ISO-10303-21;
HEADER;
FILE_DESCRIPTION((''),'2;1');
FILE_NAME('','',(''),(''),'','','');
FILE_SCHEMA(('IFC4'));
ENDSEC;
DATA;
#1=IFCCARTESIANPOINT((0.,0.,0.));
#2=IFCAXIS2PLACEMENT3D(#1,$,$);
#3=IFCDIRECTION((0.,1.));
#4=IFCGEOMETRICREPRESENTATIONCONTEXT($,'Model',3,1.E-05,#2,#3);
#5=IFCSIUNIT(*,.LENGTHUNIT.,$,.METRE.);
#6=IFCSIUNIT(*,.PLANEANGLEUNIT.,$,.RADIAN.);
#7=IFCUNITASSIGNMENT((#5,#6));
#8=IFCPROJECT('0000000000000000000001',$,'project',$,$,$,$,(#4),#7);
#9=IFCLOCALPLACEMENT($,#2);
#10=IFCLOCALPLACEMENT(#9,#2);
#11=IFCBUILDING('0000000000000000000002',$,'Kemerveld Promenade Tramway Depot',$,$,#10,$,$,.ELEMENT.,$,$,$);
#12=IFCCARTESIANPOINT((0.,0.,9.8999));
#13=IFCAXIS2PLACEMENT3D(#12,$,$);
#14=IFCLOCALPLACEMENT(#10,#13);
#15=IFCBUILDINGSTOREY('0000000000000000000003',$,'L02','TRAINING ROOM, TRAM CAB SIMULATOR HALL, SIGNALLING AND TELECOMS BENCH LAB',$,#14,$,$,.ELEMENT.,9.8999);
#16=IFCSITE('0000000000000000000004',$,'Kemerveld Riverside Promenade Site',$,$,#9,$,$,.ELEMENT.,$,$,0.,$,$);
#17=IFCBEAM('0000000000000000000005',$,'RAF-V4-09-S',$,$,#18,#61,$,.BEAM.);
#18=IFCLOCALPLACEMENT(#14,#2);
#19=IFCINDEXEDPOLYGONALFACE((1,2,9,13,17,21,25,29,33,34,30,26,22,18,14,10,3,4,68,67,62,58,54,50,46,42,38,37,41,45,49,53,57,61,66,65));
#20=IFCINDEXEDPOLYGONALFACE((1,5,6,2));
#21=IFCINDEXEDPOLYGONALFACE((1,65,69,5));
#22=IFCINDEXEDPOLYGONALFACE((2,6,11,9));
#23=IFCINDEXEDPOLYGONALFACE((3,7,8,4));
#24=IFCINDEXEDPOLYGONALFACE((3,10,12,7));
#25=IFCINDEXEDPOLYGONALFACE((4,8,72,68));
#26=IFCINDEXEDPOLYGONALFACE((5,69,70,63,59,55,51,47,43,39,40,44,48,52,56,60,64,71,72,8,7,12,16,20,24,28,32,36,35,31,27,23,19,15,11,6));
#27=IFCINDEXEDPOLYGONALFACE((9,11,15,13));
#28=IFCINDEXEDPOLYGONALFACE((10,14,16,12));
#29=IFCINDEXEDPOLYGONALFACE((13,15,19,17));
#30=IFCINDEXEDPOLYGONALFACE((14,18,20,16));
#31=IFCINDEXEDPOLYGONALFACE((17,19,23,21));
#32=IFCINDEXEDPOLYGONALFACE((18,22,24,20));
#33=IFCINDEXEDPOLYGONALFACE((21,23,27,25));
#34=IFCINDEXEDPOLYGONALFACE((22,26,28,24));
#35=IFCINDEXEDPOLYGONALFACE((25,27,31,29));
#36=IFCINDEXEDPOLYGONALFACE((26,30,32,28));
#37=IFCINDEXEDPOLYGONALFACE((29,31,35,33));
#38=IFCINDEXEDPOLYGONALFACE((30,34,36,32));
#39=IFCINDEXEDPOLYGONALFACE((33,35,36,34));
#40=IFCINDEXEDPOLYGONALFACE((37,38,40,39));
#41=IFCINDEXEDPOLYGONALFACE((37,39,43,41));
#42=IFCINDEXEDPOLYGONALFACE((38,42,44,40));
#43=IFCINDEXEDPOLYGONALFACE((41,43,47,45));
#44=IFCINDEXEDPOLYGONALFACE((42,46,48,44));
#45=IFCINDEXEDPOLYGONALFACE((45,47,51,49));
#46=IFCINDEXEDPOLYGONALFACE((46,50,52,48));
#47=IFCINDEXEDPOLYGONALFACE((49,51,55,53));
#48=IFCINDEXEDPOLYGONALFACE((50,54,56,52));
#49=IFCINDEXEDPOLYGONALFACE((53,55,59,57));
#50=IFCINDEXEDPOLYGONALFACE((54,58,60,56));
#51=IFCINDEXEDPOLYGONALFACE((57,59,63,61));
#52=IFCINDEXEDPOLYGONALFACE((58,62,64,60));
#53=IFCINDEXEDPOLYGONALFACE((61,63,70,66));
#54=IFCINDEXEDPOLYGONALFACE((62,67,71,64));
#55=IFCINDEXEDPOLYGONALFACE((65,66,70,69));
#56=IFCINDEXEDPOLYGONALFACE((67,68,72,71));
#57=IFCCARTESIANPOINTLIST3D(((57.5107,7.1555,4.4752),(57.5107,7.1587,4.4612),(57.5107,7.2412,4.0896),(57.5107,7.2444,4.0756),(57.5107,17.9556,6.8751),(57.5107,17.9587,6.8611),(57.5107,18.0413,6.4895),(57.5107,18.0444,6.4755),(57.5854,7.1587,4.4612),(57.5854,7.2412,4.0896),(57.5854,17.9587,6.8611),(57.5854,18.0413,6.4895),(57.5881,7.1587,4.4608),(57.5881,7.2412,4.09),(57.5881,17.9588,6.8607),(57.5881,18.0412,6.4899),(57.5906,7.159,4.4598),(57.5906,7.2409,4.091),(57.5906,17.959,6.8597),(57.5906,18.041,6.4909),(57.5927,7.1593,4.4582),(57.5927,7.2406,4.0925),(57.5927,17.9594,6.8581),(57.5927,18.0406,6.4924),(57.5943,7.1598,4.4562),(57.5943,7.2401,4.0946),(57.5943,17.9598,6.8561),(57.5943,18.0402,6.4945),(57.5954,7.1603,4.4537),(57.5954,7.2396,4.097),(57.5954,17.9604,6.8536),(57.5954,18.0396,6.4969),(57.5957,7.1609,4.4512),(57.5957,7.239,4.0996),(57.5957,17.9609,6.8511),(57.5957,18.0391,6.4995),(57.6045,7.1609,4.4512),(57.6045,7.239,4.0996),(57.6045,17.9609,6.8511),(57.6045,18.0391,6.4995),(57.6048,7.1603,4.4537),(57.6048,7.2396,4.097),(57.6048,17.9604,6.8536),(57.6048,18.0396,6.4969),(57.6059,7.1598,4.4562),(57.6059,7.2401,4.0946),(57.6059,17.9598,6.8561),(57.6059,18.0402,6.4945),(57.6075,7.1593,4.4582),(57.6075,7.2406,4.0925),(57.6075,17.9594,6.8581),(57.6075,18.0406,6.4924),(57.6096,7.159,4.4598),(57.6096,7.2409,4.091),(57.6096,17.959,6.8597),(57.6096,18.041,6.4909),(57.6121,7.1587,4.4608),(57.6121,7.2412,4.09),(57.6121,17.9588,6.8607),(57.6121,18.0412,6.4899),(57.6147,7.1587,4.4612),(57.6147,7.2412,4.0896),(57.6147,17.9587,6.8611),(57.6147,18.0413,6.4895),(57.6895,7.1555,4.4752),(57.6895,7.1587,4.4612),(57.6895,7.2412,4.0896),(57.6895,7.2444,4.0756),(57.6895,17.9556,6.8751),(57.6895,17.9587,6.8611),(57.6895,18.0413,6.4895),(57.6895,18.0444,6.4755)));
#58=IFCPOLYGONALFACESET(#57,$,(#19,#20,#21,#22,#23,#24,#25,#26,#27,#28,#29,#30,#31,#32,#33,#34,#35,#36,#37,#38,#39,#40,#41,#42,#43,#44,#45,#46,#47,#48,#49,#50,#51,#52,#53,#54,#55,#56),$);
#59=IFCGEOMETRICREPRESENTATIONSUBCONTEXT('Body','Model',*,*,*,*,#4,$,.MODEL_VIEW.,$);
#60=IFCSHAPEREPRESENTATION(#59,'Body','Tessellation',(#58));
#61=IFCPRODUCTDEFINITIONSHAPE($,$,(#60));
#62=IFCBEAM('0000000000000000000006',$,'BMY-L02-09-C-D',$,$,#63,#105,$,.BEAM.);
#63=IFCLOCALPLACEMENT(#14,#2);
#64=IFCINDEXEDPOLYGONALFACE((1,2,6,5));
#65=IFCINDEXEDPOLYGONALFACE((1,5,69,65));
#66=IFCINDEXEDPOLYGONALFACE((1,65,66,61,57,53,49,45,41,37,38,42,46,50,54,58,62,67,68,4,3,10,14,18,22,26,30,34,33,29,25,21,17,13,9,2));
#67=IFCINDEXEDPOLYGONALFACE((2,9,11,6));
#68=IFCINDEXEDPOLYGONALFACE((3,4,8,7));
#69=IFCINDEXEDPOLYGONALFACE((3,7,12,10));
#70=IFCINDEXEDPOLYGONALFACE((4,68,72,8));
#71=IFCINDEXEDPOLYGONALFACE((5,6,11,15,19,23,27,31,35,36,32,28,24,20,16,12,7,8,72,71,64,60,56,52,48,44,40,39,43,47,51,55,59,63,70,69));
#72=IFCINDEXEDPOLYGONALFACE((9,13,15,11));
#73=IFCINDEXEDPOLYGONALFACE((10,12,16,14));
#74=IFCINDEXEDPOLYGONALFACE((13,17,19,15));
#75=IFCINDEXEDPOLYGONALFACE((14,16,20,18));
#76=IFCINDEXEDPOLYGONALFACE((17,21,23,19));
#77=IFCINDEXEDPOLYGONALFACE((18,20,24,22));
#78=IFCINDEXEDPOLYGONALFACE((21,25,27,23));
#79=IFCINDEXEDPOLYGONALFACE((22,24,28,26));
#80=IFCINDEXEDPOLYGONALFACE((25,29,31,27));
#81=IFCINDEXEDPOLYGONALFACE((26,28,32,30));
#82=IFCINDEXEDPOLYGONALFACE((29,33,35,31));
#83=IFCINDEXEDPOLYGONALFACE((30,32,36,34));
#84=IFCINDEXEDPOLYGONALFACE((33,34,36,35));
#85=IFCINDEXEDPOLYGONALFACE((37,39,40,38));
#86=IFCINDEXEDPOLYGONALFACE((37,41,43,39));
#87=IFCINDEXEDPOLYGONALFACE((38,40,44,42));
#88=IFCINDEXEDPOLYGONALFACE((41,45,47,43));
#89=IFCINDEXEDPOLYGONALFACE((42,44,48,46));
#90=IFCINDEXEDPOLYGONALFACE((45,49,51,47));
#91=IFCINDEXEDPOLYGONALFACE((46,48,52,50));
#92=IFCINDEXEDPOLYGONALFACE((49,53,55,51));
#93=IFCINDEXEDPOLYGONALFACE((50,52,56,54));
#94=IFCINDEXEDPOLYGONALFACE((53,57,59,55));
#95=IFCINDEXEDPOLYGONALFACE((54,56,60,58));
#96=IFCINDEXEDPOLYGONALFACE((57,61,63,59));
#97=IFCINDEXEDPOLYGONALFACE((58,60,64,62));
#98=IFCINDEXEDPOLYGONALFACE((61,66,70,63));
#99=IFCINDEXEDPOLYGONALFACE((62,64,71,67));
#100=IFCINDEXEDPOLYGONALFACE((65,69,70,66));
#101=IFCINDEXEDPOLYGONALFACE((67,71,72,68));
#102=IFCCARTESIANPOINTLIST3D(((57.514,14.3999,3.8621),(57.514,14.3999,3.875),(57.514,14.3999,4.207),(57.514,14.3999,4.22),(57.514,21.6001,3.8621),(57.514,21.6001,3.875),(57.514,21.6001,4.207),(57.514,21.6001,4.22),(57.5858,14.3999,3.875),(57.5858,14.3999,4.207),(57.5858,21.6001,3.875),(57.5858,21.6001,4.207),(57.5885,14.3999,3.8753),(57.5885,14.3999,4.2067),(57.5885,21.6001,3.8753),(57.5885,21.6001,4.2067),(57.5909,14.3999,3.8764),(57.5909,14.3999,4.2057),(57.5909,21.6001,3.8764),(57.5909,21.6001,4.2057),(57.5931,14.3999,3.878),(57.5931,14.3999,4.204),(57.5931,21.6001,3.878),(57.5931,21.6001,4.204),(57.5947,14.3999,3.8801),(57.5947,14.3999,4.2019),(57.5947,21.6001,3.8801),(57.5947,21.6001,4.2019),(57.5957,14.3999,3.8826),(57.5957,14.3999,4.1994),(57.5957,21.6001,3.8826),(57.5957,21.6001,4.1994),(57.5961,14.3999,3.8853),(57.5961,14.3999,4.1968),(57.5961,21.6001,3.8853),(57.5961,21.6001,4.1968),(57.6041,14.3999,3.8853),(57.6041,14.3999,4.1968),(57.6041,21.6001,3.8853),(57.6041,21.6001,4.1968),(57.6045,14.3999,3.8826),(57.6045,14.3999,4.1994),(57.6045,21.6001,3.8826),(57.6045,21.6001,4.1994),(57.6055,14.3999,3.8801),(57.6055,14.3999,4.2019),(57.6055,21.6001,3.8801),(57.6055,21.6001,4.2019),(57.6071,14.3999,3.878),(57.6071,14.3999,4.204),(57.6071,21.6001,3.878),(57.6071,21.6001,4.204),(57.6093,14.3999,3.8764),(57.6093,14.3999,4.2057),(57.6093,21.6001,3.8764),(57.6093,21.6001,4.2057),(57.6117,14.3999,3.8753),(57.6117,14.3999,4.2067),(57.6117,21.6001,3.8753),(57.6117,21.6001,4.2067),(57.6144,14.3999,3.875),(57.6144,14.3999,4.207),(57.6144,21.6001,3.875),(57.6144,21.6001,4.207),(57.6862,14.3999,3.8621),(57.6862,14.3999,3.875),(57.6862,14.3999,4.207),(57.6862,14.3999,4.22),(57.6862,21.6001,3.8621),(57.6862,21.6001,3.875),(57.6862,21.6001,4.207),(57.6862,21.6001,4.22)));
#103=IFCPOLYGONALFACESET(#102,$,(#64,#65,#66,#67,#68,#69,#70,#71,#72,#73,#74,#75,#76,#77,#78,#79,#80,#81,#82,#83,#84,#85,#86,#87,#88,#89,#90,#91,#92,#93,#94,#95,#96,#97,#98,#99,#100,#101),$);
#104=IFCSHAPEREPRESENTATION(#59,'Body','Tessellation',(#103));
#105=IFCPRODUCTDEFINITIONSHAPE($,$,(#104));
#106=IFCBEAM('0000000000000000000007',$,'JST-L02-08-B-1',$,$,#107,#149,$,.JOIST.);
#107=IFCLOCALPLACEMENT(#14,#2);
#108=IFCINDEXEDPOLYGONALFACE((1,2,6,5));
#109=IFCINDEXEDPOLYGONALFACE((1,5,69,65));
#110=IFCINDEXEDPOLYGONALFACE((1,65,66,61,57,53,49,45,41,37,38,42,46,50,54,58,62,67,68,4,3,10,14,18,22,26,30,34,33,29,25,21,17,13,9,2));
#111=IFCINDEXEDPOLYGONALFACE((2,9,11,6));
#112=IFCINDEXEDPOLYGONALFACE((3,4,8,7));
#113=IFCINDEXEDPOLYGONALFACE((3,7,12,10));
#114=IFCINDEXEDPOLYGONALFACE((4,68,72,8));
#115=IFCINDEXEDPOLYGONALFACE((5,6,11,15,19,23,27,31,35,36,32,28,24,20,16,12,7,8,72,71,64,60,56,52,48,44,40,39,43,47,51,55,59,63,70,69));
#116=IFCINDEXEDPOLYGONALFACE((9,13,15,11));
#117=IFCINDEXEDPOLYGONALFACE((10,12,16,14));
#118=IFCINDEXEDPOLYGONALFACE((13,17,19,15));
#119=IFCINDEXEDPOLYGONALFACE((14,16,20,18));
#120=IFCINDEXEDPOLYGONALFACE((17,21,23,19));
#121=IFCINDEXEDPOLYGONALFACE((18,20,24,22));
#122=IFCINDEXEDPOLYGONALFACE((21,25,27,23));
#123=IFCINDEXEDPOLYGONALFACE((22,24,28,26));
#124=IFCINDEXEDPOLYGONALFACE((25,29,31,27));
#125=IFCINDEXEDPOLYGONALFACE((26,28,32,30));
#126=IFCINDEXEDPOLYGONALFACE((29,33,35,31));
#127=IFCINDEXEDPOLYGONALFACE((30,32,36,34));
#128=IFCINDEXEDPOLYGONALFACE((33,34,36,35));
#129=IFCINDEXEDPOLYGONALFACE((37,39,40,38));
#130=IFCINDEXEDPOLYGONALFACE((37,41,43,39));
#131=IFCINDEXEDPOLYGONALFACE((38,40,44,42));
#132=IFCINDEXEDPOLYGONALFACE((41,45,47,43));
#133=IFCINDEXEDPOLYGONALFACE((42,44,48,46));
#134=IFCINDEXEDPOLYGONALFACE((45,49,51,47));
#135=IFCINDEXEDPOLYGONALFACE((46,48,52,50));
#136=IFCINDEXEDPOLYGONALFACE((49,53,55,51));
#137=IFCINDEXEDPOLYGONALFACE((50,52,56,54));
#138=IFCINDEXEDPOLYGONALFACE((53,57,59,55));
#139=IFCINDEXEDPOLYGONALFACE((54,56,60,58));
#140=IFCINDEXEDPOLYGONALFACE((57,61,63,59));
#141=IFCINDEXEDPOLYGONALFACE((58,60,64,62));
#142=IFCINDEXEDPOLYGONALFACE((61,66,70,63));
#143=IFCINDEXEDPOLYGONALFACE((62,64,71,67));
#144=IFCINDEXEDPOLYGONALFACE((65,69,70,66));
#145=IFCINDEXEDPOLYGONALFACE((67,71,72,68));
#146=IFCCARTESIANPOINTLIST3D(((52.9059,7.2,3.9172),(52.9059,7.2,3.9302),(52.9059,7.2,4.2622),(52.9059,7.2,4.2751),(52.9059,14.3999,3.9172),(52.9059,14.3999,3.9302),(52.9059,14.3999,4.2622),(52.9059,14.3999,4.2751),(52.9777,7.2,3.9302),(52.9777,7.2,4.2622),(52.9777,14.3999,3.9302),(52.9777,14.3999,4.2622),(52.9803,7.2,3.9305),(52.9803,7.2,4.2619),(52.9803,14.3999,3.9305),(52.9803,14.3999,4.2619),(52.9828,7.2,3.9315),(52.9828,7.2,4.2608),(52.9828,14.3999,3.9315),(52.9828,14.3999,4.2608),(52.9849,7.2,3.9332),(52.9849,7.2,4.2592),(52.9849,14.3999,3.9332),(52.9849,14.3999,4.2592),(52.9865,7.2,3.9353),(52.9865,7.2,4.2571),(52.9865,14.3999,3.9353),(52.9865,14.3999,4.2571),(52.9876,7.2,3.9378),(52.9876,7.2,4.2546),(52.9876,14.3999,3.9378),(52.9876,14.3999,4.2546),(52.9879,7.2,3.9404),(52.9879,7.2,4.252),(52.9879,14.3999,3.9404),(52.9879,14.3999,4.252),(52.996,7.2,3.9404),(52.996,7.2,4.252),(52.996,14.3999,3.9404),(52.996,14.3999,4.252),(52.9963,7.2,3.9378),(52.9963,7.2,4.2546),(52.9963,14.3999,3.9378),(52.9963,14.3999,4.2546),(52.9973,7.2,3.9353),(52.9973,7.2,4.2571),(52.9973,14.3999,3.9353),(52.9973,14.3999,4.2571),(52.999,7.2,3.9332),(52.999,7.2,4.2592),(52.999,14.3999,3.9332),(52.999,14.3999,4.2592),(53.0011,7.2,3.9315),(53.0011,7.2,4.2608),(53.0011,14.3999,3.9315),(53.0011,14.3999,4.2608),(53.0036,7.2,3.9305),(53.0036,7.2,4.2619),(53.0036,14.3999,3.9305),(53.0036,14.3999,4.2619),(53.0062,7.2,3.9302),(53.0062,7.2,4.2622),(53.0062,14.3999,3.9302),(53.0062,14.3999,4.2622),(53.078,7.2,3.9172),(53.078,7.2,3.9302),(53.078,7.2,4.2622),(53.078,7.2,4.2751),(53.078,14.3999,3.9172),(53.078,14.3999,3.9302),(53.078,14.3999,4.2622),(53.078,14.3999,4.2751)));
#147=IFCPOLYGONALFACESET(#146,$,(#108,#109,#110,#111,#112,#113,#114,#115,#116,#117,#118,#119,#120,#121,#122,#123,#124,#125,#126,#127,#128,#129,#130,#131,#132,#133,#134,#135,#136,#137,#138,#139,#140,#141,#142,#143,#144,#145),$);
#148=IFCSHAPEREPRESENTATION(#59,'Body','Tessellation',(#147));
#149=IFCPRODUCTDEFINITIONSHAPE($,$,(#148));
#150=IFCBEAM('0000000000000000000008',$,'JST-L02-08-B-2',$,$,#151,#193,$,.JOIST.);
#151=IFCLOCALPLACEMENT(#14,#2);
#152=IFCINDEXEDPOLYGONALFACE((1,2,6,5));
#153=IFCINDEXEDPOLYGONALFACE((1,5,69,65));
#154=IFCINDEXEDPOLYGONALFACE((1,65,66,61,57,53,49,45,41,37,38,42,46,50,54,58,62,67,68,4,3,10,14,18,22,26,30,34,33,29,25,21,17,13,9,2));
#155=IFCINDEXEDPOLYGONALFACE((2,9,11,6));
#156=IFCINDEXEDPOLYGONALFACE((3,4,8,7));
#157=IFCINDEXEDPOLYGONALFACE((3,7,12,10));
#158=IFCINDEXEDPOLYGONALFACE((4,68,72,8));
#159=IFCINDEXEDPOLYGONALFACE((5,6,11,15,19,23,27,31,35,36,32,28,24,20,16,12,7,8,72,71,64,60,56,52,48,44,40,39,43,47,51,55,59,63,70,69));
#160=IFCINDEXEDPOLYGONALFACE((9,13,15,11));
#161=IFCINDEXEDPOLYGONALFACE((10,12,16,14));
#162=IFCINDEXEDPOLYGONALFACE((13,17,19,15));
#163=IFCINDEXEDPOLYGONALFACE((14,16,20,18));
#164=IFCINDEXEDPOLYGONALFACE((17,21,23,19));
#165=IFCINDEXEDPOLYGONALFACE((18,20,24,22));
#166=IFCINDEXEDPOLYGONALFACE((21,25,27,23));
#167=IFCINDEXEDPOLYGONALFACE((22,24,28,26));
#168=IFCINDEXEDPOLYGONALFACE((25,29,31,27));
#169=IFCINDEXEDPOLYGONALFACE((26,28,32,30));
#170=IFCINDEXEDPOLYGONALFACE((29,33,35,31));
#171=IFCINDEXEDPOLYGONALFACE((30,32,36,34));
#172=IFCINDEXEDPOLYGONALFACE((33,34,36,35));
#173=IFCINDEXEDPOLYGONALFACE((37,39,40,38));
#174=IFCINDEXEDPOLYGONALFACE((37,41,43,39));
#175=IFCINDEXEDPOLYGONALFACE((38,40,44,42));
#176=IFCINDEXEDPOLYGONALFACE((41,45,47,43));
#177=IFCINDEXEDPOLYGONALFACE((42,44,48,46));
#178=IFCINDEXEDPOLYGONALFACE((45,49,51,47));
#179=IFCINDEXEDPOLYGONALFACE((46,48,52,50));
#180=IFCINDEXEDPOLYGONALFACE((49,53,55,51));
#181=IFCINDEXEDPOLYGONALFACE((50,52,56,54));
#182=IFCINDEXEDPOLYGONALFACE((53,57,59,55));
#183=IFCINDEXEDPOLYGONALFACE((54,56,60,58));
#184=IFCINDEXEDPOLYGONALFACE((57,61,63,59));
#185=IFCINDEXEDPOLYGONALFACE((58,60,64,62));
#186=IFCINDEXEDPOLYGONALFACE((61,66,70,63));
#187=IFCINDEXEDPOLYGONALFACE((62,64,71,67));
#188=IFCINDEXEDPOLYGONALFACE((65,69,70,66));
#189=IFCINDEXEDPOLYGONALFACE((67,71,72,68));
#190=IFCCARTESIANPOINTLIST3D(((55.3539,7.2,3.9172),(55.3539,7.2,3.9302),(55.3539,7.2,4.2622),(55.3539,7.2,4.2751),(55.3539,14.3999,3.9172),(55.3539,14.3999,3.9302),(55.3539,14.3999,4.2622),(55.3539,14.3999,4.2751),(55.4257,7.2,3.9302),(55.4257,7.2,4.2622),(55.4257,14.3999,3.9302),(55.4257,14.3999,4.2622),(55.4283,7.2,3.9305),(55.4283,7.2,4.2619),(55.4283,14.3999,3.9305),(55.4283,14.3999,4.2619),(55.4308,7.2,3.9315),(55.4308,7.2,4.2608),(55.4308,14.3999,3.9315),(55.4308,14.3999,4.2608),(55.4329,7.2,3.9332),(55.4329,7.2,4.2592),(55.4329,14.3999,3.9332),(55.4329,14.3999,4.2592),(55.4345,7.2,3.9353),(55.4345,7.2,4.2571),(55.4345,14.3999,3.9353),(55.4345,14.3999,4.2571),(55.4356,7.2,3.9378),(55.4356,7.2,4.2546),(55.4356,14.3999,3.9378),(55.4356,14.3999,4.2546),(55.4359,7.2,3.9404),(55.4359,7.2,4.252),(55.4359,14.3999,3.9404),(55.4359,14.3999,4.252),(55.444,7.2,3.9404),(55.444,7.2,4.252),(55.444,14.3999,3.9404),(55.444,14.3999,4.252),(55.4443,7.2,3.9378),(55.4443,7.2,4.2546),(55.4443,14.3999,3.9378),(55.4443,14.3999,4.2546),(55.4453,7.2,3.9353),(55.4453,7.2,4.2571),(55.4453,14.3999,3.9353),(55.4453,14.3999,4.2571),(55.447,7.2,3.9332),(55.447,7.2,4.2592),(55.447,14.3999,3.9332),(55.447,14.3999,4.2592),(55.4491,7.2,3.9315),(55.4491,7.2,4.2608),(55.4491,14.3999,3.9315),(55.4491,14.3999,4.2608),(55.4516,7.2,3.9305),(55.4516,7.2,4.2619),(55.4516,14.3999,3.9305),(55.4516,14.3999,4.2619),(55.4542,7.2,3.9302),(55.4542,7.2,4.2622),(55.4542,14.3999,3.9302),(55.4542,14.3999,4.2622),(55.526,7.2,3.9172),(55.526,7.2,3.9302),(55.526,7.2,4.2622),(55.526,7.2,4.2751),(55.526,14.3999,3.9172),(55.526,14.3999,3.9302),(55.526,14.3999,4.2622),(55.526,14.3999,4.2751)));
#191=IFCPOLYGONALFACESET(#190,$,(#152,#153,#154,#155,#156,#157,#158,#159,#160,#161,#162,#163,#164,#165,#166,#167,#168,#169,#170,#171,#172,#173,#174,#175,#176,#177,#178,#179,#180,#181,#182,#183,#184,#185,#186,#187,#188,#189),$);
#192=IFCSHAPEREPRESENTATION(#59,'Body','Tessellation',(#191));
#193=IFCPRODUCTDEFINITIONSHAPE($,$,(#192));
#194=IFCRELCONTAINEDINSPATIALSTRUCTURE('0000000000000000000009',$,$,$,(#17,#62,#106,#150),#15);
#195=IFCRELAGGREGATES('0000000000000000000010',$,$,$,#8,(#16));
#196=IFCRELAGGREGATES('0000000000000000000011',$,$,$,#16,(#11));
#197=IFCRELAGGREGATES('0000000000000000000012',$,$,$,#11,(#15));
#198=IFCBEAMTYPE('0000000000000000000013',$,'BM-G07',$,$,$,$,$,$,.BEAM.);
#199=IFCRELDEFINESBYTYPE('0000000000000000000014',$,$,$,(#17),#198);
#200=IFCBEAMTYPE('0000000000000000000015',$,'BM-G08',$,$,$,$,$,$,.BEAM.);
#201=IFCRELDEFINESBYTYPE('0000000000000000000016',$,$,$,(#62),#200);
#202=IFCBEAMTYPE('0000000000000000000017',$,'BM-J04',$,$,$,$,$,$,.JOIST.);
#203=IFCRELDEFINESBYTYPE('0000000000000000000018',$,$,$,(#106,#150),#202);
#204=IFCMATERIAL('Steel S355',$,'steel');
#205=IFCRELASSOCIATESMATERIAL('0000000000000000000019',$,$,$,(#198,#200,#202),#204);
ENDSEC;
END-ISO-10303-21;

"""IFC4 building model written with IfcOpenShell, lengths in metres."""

from ifc_helpers import new_model, si_unit, direction, frame, origin, origin_2d, place, context, subcontext, project, spatial, i_section, extrude, material, material_profile, profile_set, type_object, element, save


model = new_model("IFC4")

# Units and contexts
model_context = context("Model", 3, precision=1e-05, world=origin(), true_north=direction((0.0, 1.0)))
body_context = subcontext(model_context, "Body", "Model", "MODEL_VIEW")
ifc_project = project(units=[si_unit("LENGTHUNIT", "METRE"), si_unit("PLANEANGLEUNIT", "RADIAN")], contexts=[model_context])

# Site, building, storey
site_placement = place(None, origin())
site = spatial("IfcSite", under=ifc_project, at=site_placement, Name="Kemerveld Riverside Promenade Site", CompositionType="ELEMENT", RefElevation=0.0)
building_placement = place(site_placement, origin())
building = spatial("IfcBuilding", under=site, at=building_placement, Name="Kemerveld Promenade Tramway Depot", CompositionType="ELEMENT")
storey_placement = place(building_placement, frame((0.0, 0.0, 9.8999)))
storey = spatial("IfcBuildingStorey", under=building, at=storey_placement, Name="L02", Description="TRAINING ROOM, TRAM CAB SIMULATOR HALL, SIGNALLING AND TELECOMS BENCH LAB", CompositionType="ELEMENT", Elevation=9.8999)

# Shared definitions
ifc_material_1 = material(Name="Steel S355", Category="steel")

# Beams
ifc_material_profile_1 = material_profile(ifc_material_1, i_section(OverallWidth=0.1787, OverallDepth=0.4094, WebThickness=0.0088, FlangeThickness=0.0144, FilletRadius=0.0103, at=origin_2d()), Name="406x178x67 UB")
ifc_profile_set_1 = profile_set([ifc_material_profile_1], Name="Steel S355")
beam_type_1 = type_object("IfcBeamType", Name="BM-G07", PredefinedType="BEAM", material=ifc_profile_set_1)
beam_1_placement = place(storey_placement, frame((57.6001, 7.2, 4.2754), z_axis=(0.0, 0.976189, 0.216921), x_axis=(-1.0, 0.0, 0.0)))
element("IfcBeam", 1, at=beam_1_placement, inside=storey, type_object=beam_type_1, Name="RAF-V4-09-S", PredefinedType="BEAM", context=body_context, shape_type="SweptSolid", body=[
    extrude(i_section(OverallWidth=0.1787, OverallDepth=0.4094, WebThickness=0.0088, FlangeThickness=0.0144, FilletRadius=0.0103, at=origin_2d()), origin(), (0.0, 0.0, 1.0), 11.0635),
])
ifc_material_profile_2 = material_profile(ifc_material_1, i_section(OverallWidth=0.1721, OverallDepth=0.3579, WebThickness=0.0081, FlangeThickness=0.0129, FilletRadius=0.0103, at=origin_2d()), Name="356x171x57 UB")
ifc_profile_set_2 = profile_set([ifc_material_profile_2], Name="Steel S355")
beam_type_2 = type_object("IfcBeamType", Name="BM-G08", PredefinedType="BEAM", material=ifc_profile_set_2)
beam_2_placement = place(storey_placement, frame((57.6001, 14.3999, 4.041), z_axis=(0.0, 1.0, 0.0), x_axis=(-1.0, 0.0, 0.0)))
element("IfcBeam", 2, at=beam_2_placement, inside=storey, type_object=beam_type_2, Name="BMY-L02-09-C-D", PredefinedType="BEAM", context=body_context, shape_type="SweptSolid", body=[
    extrude(i_section(OverallWidth=0.1721, OverallDepth=0.3579, WebThickness=0.0081, FlangeThickness=0.0129, FilletRadius=0.0103, at=origin_2d()), origin(), (0.0, 0.0, 1.0), 7.2002),
])
ifc_material_profile_3 = material_profile(ifc_material_1, i_section(OverallWidth=0.1721, OverallDepth=0.3579, WebThickness=0.0081, FlangeThickness=0.0129, FilletRadius=0.0103, at=origin_2d()), Name="356x171x57 UB")
ifc_profile_set_3 = profile_set([ifc_material_profile_3], Name="Steel S355")
beam_type_3 = type_object("IfcBeamType", Name="BM-J04", PredefinedType="JOIST", material=ifc_profile_set_3)
for number, where, z_axis, x_axis, name in (
    (3, (52.9919, 7.2, 4.0962), (0.0, 1.0, 0.0), (-1.0, 0.0, 0.0), "JST-L02-08-B-1"),
    (4, (55.4399, 7.2, 4.0962), (0.0, 1.0, 0.0), (-1.0, 0.0, 0.0), "JST-L02-08-B-2"),
):
    element("IfcBeam", number, at=place(storey_placement, frame(where, z_axis=z_axis, x_axis=x_axis)), inside=storey, type_object=beam_type_3, Name=name, PredefinedType="JOIST", context=body_context, shape_type="SweptSolid", body=[
        extrude(i_section(OverallWidth=0.1721, OverallDepth=0.3579, WebThickness=0.0081, FlangeThickness=0.0129, FilletRadius=0.0103, at=origin_2d()), origin(), (0.0, 0.0, 1.0), 7.2),
    ])

save(model, "model.ifc")
